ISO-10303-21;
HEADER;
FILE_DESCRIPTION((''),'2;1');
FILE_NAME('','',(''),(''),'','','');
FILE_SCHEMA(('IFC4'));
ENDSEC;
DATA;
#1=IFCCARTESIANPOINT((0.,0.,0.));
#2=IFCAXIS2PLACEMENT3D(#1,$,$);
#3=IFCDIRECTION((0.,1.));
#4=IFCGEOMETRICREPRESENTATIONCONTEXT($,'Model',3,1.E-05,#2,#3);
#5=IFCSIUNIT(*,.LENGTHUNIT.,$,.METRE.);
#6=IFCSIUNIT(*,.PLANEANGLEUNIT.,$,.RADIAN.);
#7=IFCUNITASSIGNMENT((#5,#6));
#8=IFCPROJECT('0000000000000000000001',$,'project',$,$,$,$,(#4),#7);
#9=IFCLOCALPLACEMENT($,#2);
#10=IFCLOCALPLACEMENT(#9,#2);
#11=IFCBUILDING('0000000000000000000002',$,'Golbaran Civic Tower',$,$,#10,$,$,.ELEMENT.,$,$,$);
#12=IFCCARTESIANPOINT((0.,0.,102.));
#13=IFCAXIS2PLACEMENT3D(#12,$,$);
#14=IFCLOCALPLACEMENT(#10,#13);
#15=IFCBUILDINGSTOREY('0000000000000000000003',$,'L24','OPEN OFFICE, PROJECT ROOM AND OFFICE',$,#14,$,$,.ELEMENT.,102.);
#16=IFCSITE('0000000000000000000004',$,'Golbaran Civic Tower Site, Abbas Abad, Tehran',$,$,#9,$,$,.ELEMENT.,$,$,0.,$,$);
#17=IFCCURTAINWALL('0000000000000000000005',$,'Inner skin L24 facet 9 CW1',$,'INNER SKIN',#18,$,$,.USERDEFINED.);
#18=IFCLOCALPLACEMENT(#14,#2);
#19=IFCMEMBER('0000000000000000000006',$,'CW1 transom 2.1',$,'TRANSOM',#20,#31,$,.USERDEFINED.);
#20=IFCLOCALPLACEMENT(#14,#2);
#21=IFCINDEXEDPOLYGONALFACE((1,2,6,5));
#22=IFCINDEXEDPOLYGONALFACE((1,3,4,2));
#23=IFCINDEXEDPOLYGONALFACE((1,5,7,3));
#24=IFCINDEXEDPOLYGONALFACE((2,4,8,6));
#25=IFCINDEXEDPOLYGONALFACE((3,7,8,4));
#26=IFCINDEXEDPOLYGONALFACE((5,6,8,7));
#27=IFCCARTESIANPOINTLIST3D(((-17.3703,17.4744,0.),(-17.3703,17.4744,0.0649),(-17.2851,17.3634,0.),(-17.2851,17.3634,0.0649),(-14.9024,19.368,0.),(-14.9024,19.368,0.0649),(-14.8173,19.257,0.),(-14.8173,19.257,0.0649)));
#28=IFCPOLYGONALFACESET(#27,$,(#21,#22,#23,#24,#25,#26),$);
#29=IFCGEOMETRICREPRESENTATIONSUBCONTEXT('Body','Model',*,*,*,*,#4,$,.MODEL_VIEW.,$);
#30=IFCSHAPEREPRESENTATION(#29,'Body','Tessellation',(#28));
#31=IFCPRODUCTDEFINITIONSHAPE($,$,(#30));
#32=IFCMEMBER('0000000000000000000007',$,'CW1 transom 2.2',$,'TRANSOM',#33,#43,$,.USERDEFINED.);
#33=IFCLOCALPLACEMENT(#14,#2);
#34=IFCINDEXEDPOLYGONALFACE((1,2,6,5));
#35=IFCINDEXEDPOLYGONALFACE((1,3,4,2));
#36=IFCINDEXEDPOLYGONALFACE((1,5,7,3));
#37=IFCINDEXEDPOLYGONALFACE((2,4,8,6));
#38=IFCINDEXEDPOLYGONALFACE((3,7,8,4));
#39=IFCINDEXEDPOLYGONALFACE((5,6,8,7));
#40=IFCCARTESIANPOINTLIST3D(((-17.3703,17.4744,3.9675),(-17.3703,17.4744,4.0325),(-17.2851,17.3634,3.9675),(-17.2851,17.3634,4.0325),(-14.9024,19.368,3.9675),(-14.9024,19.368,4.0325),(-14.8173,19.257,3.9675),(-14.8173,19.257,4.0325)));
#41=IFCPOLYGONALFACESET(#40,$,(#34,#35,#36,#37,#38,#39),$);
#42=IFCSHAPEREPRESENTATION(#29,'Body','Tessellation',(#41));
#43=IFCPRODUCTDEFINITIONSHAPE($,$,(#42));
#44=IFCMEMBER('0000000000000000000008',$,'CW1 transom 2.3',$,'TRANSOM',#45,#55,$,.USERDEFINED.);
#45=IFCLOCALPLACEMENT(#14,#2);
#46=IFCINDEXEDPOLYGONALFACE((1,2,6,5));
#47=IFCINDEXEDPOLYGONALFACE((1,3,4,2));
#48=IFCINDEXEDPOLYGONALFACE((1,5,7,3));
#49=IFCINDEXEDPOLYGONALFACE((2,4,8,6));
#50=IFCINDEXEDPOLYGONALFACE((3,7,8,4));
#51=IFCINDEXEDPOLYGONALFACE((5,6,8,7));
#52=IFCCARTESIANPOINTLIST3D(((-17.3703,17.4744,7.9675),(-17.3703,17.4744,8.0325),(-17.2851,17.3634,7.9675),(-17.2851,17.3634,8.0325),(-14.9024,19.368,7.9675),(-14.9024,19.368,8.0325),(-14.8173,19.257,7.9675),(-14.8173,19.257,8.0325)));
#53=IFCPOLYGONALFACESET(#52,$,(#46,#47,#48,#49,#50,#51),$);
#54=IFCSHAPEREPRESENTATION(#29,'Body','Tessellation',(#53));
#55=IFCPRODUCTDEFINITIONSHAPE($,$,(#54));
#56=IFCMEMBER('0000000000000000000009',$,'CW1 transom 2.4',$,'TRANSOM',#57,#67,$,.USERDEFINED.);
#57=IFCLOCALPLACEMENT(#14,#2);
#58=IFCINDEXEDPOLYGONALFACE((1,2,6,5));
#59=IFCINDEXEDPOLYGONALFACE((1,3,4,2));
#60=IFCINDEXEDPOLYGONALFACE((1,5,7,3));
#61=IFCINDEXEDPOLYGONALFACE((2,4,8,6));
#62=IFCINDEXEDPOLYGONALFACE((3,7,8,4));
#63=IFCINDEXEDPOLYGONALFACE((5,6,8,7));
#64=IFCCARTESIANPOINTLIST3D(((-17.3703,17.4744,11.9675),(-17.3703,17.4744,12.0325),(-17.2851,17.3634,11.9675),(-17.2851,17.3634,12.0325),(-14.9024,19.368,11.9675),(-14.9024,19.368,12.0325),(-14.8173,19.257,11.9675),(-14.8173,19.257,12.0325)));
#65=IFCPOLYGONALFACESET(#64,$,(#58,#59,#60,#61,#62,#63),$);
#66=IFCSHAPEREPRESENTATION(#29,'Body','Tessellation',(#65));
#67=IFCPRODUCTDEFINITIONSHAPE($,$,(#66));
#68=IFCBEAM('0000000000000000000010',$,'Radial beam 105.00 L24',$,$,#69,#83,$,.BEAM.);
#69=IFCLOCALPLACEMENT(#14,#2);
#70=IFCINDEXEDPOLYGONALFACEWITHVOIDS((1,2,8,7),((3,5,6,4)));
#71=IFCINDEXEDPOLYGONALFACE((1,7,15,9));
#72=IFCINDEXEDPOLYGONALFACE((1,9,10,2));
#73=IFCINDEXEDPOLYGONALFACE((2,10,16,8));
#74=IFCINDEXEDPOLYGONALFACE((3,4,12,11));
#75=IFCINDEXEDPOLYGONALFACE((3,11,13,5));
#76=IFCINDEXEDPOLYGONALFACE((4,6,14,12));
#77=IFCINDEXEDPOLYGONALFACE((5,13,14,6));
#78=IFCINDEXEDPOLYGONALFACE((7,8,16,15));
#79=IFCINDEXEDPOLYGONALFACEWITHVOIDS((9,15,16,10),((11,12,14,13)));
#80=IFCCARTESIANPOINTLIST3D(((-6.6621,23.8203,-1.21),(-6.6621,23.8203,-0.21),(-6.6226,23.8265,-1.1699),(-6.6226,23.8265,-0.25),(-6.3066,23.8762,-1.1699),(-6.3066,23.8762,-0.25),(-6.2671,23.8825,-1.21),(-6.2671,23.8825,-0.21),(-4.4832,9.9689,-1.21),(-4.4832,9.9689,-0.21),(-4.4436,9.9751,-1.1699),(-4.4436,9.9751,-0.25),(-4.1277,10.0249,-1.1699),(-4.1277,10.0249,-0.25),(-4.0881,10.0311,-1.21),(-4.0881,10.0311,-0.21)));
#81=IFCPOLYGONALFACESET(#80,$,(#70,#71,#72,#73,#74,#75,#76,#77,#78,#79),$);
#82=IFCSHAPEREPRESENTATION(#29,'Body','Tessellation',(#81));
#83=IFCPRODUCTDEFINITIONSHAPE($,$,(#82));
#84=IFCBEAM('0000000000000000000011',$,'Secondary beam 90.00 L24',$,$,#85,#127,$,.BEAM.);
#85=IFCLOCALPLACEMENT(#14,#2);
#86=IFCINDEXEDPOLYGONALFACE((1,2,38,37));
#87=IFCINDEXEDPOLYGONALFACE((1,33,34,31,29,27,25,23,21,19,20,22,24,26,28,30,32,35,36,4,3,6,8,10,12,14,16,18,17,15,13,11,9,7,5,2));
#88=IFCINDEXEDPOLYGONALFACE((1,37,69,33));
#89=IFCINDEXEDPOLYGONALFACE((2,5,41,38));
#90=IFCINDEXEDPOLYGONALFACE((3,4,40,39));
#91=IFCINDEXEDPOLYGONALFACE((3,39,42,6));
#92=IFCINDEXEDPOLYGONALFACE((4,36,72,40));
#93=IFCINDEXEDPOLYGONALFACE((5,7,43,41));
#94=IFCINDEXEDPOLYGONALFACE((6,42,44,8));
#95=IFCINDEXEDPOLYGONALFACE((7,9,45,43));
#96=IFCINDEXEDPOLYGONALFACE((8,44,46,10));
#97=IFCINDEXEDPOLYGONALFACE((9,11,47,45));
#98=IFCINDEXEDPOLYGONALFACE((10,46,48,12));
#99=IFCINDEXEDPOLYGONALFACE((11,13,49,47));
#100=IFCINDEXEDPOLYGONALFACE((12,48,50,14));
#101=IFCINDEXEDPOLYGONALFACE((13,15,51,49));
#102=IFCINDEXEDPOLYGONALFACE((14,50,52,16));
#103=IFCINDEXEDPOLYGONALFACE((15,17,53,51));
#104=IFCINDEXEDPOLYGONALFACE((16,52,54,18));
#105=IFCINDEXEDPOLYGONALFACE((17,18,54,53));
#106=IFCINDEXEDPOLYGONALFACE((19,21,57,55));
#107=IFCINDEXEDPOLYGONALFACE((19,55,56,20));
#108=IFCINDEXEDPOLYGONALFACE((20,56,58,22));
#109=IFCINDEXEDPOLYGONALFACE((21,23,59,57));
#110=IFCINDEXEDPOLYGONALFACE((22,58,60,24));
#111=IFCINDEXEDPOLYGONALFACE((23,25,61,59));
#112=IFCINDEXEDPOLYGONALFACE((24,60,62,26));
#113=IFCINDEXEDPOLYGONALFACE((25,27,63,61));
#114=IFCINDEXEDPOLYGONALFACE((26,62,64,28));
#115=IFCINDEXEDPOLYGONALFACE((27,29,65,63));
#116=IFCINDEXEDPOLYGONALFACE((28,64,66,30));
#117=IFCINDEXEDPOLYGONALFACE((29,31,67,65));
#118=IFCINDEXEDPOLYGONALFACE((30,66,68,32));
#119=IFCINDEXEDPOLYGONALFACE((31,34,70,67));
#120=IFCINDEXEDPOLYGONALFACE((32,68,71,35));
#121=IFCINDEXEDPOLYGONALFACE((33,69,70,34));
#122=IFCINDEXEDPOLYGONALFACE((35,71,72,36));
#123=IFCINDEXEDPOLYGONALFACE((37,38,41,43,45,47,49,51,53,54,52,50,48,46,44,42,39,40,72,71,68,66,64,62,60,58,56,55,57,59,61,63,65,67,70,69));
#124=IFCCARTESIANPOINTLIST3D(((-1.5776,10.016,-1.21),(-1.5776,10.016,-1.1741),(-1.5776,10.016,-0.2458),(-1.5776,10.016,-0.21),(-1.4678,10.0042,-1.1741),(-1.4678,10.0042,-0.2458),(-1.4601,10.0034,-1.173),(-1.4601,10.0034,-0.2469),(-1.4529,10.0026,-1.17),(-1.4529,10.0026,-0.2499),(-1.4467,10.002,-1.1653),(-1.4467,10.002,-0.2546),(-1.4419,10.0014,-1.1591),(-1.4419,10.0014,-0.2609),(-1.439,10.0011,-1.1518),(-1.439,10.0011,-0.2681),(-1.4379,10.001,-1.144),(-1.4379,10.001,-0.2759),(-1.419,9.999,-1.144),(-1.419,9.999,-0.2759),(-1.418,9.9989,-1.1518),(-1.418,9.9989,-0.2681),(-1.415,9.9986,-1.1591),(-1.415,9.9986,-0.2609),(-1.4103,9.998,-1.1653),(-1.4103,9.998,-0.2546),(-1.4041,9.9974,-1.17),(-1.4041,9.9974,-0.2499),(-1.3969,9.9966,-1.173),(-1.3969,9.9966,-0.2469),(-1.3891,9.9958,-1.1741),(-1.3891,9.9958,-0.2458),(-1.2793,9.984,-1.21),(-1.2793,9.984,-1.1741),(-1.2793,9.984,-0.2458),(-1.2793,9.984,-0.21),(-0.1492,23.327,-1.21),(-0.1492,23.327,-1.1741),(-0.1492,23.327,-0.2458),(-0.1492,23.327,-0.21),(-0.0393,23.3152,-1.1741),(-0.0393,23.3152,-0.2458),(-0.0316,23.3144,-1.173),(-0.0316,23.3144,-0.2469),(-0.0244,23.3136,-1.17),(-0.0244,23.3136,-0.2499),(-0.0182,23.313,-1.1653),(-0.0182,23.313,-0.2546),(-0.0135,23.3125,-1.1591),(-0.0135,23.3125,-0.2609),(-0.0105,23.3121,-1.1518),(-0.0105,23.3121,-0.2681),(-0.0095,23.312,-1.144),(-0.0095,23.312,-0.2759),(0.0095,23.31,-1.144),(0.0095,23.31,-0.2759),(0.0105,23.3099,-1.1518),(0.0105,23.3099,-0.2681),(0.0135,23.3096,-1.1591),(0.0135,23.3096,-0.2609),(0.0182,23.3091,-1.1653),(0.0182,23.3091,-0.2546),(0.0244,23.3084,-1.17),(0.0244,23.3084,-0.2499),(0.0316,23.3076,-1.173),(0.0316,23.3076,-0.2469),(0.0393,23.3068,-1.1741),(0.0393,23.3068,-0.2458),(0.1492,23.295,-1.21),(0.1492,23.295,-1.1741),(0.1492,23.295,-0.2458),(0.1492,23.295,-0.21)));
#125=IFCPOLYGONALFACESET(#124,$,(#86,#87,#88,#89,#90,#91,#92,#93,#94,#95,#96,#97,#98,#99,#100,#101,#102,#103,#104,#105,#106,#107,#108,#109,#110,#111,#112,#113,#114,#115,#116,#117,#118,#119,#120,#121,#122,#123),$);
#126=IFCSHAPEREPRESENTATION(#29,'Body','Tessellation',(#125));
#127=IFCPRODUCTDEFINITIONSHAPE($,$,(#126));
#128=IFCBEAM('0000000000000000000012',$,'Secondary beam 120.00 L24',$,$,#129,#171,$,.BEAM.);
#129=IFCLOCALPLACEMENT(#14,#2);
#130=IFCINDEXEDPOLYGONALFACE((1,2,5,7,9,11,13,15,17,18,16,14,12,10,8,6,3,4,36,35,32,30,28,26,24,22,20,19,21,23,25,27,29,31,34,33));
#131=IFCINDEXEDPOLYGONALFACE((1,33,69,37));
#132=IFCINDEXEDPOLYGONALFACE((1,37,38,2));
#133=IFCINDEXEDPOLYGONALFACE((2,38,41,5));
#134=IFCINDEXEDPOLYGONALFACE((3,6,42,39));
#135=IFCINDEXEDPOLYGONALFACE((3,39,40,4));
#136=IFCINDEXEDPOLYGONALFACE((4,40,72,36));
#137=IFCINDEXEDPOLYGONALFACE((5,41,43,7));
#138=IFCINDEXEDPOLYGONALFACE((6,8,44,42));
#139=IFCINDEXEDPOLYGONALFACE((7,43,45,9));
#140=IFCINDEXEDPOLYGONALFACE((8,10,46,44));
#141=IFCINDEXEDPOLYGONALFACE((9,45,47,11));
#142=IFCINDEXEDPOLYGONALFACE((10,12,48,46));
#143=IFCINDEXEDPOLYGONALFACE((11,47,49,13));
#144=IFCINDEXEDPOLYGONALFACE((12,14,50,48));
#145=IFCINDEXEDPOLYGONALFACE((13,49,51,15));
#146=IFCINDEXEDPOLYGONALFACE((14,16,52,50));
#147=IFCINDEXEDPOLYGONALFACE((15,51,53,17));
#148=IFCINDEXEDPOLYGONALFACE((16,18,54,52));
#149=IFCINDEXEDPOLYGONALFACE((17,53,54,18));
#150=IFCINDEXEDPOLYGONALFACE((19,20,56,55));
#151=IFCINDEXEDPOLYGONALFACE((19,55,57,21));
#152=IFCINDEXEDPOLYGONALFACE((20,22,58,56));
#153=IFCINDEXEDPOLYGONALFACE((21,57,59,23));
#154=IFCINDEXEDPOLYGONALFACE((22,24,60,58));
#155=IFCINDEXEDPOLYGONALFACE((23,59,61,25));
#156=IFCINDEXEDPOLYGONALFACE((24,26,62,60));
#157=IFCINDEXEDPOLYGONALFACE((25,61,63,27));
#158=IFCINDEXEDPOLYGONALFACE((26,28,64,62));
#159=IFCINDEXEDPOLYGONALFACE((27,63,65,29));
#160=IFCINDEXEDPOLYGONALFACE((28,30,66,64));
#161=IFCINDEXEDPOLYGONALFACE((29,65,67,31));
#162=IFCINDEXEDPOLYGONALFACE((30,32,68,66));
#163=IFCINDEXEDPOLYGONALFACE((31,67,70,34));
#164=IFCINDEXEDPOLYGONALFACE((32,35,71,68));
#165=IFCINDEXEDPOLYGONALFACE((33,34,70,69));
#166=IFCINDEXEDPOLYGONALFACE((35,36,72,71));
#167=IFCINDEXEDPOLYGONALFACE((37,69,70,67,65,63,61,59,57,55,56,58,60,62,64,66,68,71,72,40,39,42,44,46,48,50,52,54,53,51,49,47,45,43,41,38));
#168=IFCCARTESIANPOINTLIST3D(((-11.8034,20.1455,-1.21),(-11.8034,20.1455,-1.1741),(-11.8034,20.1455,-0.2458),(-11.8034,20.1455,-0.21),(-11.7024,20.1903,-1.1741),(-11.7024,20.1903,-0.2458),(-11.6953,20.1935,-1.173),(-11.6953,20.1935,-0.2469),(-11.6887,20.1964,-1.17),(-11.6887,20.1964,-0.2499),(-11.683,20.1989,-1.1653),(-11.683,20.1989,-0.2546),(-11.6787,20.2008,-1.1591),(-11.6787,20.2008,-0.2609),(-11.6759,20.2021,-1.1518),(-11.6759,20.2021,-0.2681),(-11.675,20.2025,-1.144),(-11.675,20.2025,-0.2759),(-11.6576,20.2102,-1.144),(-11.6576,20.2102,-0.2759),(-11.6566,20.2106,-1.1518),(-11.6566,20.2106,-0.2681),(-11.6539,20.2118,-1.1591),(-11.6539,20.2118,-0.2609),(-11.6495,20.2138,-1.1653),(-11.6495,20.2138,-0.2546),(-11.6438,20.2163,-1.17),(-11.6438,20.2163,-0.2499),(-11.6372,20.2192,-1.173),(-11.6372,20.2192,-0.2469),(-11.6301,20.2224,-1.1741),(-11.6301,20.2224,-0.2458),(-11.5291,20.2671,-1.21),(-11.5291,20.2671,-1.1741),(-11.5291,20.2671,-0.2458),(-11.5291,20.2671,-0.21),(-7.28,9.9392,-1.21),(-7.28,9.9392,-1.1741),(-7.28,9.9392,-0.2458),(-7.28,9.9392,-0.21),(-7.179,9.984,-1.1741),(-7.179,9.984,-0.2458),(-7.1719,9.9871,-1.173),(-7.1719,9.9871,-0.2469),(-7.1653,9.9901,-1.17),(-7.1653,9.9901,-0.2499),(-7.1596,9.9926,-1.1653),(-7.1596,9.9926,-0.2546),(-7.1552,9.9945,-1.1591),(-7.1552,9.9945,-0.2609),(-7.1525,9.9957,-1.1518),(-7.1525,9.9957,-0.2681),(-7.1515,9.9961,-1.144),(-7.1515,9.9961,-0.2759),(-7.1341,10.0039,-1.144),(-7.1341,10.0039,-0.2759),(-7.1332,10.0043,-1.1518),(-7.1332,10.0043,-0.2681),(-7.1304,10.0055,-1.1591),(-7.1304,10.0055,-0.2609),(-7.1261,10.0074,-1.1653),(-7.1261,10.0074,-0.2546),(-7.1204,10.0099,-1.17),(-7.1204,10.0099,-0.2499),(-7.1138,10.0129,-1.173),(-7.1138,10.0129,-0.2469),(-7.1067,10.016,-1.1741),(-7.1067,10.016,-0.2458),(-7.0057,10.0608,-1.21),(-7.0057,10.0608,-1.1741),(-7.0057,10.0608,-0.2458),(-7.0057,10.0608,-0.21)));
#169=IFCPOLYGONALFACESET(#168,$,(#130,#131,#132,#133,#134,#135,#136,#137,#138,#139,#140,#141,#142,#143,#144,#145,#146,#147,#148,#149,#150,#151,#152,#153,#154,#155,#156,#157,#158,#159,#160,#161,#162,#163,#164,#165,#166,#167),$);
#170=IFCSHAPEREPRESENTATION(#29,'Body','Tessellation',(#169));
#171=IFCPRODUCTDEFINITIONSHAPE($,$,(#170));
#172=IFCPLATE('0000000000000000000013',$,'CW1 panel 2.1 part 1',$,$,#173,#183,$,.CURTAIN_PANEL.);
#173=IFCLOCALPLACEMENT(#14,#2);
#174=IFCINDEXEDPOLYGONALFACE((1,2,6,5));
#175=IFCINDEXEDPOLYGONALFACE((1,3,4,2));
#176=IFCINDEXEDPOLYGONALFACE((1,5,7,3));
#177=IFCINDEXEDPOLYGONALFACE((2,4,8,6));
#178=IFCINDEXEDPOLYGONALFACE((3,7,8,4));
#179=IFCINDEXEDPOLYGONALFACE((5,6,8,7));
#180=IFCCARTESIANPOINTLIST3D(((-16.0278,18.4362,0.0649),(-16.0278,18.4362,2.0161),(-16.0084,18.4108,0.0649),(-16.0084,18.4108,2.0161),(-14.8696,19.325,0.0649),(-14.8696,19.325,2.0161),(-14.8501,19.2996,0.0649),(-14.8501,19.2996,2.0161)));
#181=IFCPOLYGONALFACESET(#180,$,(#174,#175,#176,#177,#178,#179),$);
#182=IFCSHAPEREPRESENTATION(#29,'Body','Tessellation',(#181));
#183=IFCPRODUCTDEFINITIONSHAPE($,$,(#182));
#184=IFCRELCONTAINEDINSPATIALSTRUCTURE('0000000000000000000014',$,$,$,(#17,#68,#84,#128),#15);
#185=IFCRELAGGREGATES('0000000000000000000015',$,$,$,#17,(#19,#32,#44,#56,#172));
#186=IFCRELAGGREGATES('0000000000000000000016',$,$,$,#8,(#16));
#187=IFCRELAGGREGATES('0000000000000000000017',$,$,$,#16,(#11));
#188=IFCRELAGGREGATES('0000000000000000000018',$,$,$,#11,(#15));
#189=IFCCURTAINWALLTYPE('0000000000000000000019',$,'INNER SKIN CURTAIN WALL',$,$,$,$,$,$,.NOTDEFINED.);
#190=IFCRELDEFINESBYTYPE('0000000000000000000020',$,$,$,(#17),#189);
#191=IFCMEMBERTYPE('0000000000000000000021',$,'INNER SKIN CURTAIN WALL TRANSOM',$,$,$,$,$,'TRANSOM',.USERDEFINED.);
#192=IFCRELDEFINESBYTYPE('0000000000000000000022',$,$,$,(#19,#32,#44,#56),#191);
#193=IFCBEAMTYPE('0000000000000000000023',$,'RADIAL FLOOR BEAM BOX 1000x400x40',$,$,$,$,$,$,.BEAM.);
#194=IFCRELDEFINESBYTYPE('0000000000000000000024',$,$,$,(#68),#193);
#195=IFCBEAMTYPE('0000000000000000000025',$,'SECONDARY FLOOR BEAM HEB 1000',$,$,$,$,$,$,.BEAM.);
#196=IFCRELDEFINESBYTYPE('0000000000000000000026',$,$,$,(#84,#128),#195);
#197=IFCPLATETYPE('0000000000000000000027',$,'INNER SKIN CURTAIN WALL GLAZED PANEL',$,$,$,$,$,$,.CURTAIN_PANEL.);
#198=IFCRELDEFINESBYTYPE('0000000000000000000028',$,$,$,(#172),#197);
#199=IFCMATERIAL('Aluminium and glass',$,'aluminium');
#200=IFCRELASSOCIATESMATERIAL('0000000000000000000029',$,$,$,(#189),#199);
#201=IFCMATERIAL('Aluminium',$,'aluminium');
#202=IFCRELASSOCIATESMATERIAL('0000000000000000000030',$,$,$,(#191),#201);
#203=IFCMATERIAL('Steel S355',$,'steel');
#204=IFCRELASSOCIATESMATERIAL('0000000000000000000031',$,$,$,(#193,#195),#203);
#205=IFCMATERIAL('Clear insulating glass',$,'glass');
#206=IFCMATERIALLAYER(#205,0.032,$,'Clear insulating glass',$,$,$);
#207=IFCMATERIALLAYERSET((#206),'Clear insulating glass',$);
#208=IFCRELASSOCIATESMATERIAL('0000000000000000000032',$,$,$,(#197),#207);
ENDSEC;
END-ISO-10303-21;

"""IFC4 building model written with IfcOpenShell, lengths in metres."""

from ifc_helpers import new_model, si_unit, direction, frame, origin, origin_2d, place, context, subcontext, project, spatial, rectangle, hollow_rectangle, i_section, extrude, material, layer, layer_set, material_profile, profile_set, type_object, element, aggregate, save


model = new_model("IFC4")

# Units and contexts
model_context = context("Model", 3, precision=1e-05, world=origin(), true_north=direction((0.0, 1.0)))
body_context = subcontext(model_context, "Body", "Model", "MODEL_VIEW")
ifc_project = project(units=[si_unit("LENGTHUNIT", "METRE"), si_unit("PLANEANGLEUNIT", "RADIAN")], contexts=[model_context])

# Site, building, storey
site_placement = place(None, origin())
site = spatial("IfcSite", under=ifc_project, at=site_placement, Name="Golbaran Civic Tower Site, Abbas Abad, Tehran", CompositionType="ELEMENT", RefElevation=0.0)
building_placement = place(site_placement, origin())
building = spatial("IfcBuilding", under=site, at=building_placement, Name="Golbaran Civic Tower", CompositionType="ELEMENT")
storey_placement = place(building_placement, frame((0.0, 0.0, 102.0)))
storey = spatial("IfcBuildingStorey", under=building, at=storey_placement, Name="L24", Description="OPEN OFFICE, PROJECT ROOM AND OFFICE", CompositionType="ELEMENT", Elevation=102.0)

# Shared definitions
ifc_material_1 = material(Name="Steel S355", Category="steel")

# Curtain wall, members
ifc_material_2 = material(Name="Aluminium and glass", Category="aluminium")
curtain_wall_type = type_object("IfcCurtainWallType", Name="INNER SKIN CURTAIN WALL", PredefinedType="NOTDEFINED", material=ifc_material_2)
curtain_wall_placement = place(storey_placement, origin())
curtain_wall = element("IfcCurtainWall", 1, at=curtain_wall_placement, inside=storey, type_object=curtain_wall_type, Name="Inner skin L24 facet 9 CW1", ObjectType="INNER SKIN", PredefinedType="USERDEFINED")
ifc_material_3 = material(Name="Aluminium", Category="aluminium")
ifc_material_profile_1 = material_profile(ifc_material_3, rectangle(XDim=0.1399, YDim=0.0649, at=origin_2d()), Name="INNER SKIN CURTAIN WALL TRANSOM")
ifc_profile_set_1 = profile_set([ifc_material_profile_1], Name="Aluminium")
member_type = type_object("IfcMemberType", Name="INNER SKIN CURTAIN WALL TRANSOM", ElementType="TRANSOM", PredefinedType="USERDEFINED", material=ifc_profile_set_1)
member_1_placement = place(storey_placement, frame((-14.8599, 19.3125, 0.0325), z_axis=(-0.793359, -0.608754, 0.0), x_axis=(0.608754, -0.793359, 0.0)))
member_1 = element("IfcMember", 2, at=member_1_placement, type_object=member_type, Name="CW1 transom 2.1", ObjectType="TRANSOM", PredefinedType="USERDEFINED", context=body_context, shape_type="SweptSolid", body=[
    extrude(rectangle(XDim=0.1399, YDim=0.0649, at=origin_2d()), origin(), (0.0, 0.0, 1.0), 3.1106),
])
member_2_placement = place(storey_placement, frame((-14.8599, 19.3125, 4.0), z_axis=(-0.793359, -0.608754, 0.0), x_axis=(0.608754, -0.793359, 0.0)))
member_2 = element("IfcMember", 3, at=member_2_placement, type_object=member_type, Name="CW1 transom 2.2", ObjectType="TRANSOM", PredefinedType="USERDEFINED", context=body_context, shape_type="SweptSolid", body=[
    extrude(rectangle(XDim=0.1399, YDim=0.0649, at=origin_2d()), origin(), (0.0, 0.0, 1.0), 3.1106),
])
member_3_placement = place(storey_placement, frame((-14.8599, 19.3125, 8.0), z_axis=(-0.793359, -0.608754, 0.0), x_axis=(0.608754, -0.793359, 0.0)))
member_3 = element("IfcMember", 4, at=member_3_placement, type_object=member_type, Name="CW1 transom 2.3", ObjectType="TRANSOM", PredefinedType="USERDEFINED", context=body_context, shape_type="SweptSolid", body=[
    extrude(rectangle(XDim=0.1399, YDim=0.0649, at=origin_2d()), origin(), (0.0, 0.0, 1.0), 3.1106),
])
member_4_placement = place(storey_placement, frame((-14.8599, 19.3125, 12.0), z_axis=(-0.793359, -0.608754, 0.0), x_axis=(0.608754, -0.793359, 0.0)))
member_4 = element("IfcMember", 5, at=member_4_placement, type_object=member_type, Name="CW1 transom 2.4", ObjectType="TRANSOM", PredefinedType="USERDEFINED", context=body_context, shape_type="SweptSolid", body=[
    extrude(rectangle(XDim=0.1399, YDim=0.0649, at=origin_2d()), origin(), (0.0, 0.0, 1.0), 3.1106),
])

# Beams
ifc_material_profile_2 = material_profile(ifc_material_1, hollow_rectangle(XDim=0.3999, YDim=1.0, WallThickness=0.04, at=origin_2d()), Name="BOX 1000x400x40")
ifc_profile_set_2 = profile_set([ifc_material_profile_2], Name="Steel S355")
beam_type_1 = type_object("IfcBeamType", Name="RADIAL FLOOR BEAM BOX 1000x400x40", PredefinedType="BEAM", material=ifc_profile_set_2)
beam_1_placement = place(storey_placement, frame((-4.2856, 10.0, -0.71), z_axis=(-0.155399, 0.987852, 0.0), x_axis=(-0.987852, -0.155399, 0.0)))
element("IfcBeam", 6, at=beam_1_placement, inside=storey, type_object=beam_type_1, Name="Radial beam 105.00 L24", PredefinedType="BEAM", context=body_context, shape_type="SweptSolid", body=[
    extrude(hollow_rectangle(XDim=0.3999, YDim=1.0, WallThickness=0.04, at=origin_2d()), origin(), (0.0, 0.0, 1.0), 14.0217),
])
ifc_material_profile_3 = material_profile(ifc_material_1, i_section(OverallWidth=0.3, OverallDepth=1.0, WebThickness=0.019, FlangeThickness=0.0359, FilletRadius=0.03, at=origin_2d()), Name="HEB 1000")
ifc_profile_set_3 = profile_set([ifc_material_profile_3], Name="Steel S355")
beam_type_2 = type_object("IfcBeamType", Name="SECONDARY FLOOR BEAM HEB 1000", PredefinedType="BEAM", material=ifc_profile_set_3)
beam_2_placement = place(storey_placement, frame((-1.4285, 10.0, -0.71), z_axis=(0.106702, 0.994291, 0.0), x_axis=(-0.994291, 0.106702, 0.0)))
element("IfcBeam", 7, at=beam_2_placement, inside=storey, type_object=beam_type_2, Name="Secondary beam 90.00 L24", PredefinedType="BEAM", context=body_context, shape_type="SweptSolid", body=[
    extrude(i_section(OverallWidth=0.3, OverallDepth=1.0, WebThickness=0.019, FlangeThickness=0.0359, FilletRadius=0.03, at=origin_2d()), origin(), (0.0, 0.0, 1.0), 13.3875),
])
beam_3_placement = place(storey_placement, frame((-7.1428, 10.0, -0.71), z_axis=(-0.405189, 0.914233, 0.0), x_axis=(-0.914233, -0.405189, 0.0)))
element("IfcBeam", 8, at=beam_3_placement, inside=storey, type_object=beam_type_2, Name="Secondary beam 120.00 L24", PredefinedType="BEAM", context=body_context, shape_type="SweptSolid", body=[
    extrude(i_section(OverallWidth=0.3, OverallDepth=1.0, WebThickness=0.019, FlangeThickness=0.0359, FilletRadius=0.03, at=origin_2d()), origin(), (0.0, 0.0, 1.0), 11.1638),
])

# Plate
ifc_material_4 = material(Name="Clear insulating glass", Category="glass")
ifc_layer_1 = layer(ifc_material_4, 0.032, Name="Clear insulating glass")
ifc_layer_set_1 = layer_set([ifc_layer_1], Name="Clear insulating glass")
plate_type_1 = type_object("IfcPlateType", Name="INNER SKIN CURTAIN WALL GLAZED PANEL", PredefinedType="CURTAIN_PANEL", material=ifc_layer_set_1)
plate_1_placement = place(storey_placement, frame((-15.439, 18.8679, 0.0649), z_axis=(0.0, 0.0, 1.0), x_axis=(-0.793353, -0.608761, 0.0)))
plate_1 = element("IfcPlate", 9, at=plate_1_placement, type_object=plate_type_1, Name="CW1 panel 2.1 part 1", PredefinedType="CURTAIN_PANEL", context=body_context, shape_type="SweptSolid", body=[
    extrude(rectangle(XDim=1.46, YDim=0.032, at=origin_2d()), origin(), (0.0, 0.0, 1.0), 1.9512),
])
aggregate(curtain_wall, [member_1, member_2, member_3, member_4, plate_1])

save(model, "model.ifc")
